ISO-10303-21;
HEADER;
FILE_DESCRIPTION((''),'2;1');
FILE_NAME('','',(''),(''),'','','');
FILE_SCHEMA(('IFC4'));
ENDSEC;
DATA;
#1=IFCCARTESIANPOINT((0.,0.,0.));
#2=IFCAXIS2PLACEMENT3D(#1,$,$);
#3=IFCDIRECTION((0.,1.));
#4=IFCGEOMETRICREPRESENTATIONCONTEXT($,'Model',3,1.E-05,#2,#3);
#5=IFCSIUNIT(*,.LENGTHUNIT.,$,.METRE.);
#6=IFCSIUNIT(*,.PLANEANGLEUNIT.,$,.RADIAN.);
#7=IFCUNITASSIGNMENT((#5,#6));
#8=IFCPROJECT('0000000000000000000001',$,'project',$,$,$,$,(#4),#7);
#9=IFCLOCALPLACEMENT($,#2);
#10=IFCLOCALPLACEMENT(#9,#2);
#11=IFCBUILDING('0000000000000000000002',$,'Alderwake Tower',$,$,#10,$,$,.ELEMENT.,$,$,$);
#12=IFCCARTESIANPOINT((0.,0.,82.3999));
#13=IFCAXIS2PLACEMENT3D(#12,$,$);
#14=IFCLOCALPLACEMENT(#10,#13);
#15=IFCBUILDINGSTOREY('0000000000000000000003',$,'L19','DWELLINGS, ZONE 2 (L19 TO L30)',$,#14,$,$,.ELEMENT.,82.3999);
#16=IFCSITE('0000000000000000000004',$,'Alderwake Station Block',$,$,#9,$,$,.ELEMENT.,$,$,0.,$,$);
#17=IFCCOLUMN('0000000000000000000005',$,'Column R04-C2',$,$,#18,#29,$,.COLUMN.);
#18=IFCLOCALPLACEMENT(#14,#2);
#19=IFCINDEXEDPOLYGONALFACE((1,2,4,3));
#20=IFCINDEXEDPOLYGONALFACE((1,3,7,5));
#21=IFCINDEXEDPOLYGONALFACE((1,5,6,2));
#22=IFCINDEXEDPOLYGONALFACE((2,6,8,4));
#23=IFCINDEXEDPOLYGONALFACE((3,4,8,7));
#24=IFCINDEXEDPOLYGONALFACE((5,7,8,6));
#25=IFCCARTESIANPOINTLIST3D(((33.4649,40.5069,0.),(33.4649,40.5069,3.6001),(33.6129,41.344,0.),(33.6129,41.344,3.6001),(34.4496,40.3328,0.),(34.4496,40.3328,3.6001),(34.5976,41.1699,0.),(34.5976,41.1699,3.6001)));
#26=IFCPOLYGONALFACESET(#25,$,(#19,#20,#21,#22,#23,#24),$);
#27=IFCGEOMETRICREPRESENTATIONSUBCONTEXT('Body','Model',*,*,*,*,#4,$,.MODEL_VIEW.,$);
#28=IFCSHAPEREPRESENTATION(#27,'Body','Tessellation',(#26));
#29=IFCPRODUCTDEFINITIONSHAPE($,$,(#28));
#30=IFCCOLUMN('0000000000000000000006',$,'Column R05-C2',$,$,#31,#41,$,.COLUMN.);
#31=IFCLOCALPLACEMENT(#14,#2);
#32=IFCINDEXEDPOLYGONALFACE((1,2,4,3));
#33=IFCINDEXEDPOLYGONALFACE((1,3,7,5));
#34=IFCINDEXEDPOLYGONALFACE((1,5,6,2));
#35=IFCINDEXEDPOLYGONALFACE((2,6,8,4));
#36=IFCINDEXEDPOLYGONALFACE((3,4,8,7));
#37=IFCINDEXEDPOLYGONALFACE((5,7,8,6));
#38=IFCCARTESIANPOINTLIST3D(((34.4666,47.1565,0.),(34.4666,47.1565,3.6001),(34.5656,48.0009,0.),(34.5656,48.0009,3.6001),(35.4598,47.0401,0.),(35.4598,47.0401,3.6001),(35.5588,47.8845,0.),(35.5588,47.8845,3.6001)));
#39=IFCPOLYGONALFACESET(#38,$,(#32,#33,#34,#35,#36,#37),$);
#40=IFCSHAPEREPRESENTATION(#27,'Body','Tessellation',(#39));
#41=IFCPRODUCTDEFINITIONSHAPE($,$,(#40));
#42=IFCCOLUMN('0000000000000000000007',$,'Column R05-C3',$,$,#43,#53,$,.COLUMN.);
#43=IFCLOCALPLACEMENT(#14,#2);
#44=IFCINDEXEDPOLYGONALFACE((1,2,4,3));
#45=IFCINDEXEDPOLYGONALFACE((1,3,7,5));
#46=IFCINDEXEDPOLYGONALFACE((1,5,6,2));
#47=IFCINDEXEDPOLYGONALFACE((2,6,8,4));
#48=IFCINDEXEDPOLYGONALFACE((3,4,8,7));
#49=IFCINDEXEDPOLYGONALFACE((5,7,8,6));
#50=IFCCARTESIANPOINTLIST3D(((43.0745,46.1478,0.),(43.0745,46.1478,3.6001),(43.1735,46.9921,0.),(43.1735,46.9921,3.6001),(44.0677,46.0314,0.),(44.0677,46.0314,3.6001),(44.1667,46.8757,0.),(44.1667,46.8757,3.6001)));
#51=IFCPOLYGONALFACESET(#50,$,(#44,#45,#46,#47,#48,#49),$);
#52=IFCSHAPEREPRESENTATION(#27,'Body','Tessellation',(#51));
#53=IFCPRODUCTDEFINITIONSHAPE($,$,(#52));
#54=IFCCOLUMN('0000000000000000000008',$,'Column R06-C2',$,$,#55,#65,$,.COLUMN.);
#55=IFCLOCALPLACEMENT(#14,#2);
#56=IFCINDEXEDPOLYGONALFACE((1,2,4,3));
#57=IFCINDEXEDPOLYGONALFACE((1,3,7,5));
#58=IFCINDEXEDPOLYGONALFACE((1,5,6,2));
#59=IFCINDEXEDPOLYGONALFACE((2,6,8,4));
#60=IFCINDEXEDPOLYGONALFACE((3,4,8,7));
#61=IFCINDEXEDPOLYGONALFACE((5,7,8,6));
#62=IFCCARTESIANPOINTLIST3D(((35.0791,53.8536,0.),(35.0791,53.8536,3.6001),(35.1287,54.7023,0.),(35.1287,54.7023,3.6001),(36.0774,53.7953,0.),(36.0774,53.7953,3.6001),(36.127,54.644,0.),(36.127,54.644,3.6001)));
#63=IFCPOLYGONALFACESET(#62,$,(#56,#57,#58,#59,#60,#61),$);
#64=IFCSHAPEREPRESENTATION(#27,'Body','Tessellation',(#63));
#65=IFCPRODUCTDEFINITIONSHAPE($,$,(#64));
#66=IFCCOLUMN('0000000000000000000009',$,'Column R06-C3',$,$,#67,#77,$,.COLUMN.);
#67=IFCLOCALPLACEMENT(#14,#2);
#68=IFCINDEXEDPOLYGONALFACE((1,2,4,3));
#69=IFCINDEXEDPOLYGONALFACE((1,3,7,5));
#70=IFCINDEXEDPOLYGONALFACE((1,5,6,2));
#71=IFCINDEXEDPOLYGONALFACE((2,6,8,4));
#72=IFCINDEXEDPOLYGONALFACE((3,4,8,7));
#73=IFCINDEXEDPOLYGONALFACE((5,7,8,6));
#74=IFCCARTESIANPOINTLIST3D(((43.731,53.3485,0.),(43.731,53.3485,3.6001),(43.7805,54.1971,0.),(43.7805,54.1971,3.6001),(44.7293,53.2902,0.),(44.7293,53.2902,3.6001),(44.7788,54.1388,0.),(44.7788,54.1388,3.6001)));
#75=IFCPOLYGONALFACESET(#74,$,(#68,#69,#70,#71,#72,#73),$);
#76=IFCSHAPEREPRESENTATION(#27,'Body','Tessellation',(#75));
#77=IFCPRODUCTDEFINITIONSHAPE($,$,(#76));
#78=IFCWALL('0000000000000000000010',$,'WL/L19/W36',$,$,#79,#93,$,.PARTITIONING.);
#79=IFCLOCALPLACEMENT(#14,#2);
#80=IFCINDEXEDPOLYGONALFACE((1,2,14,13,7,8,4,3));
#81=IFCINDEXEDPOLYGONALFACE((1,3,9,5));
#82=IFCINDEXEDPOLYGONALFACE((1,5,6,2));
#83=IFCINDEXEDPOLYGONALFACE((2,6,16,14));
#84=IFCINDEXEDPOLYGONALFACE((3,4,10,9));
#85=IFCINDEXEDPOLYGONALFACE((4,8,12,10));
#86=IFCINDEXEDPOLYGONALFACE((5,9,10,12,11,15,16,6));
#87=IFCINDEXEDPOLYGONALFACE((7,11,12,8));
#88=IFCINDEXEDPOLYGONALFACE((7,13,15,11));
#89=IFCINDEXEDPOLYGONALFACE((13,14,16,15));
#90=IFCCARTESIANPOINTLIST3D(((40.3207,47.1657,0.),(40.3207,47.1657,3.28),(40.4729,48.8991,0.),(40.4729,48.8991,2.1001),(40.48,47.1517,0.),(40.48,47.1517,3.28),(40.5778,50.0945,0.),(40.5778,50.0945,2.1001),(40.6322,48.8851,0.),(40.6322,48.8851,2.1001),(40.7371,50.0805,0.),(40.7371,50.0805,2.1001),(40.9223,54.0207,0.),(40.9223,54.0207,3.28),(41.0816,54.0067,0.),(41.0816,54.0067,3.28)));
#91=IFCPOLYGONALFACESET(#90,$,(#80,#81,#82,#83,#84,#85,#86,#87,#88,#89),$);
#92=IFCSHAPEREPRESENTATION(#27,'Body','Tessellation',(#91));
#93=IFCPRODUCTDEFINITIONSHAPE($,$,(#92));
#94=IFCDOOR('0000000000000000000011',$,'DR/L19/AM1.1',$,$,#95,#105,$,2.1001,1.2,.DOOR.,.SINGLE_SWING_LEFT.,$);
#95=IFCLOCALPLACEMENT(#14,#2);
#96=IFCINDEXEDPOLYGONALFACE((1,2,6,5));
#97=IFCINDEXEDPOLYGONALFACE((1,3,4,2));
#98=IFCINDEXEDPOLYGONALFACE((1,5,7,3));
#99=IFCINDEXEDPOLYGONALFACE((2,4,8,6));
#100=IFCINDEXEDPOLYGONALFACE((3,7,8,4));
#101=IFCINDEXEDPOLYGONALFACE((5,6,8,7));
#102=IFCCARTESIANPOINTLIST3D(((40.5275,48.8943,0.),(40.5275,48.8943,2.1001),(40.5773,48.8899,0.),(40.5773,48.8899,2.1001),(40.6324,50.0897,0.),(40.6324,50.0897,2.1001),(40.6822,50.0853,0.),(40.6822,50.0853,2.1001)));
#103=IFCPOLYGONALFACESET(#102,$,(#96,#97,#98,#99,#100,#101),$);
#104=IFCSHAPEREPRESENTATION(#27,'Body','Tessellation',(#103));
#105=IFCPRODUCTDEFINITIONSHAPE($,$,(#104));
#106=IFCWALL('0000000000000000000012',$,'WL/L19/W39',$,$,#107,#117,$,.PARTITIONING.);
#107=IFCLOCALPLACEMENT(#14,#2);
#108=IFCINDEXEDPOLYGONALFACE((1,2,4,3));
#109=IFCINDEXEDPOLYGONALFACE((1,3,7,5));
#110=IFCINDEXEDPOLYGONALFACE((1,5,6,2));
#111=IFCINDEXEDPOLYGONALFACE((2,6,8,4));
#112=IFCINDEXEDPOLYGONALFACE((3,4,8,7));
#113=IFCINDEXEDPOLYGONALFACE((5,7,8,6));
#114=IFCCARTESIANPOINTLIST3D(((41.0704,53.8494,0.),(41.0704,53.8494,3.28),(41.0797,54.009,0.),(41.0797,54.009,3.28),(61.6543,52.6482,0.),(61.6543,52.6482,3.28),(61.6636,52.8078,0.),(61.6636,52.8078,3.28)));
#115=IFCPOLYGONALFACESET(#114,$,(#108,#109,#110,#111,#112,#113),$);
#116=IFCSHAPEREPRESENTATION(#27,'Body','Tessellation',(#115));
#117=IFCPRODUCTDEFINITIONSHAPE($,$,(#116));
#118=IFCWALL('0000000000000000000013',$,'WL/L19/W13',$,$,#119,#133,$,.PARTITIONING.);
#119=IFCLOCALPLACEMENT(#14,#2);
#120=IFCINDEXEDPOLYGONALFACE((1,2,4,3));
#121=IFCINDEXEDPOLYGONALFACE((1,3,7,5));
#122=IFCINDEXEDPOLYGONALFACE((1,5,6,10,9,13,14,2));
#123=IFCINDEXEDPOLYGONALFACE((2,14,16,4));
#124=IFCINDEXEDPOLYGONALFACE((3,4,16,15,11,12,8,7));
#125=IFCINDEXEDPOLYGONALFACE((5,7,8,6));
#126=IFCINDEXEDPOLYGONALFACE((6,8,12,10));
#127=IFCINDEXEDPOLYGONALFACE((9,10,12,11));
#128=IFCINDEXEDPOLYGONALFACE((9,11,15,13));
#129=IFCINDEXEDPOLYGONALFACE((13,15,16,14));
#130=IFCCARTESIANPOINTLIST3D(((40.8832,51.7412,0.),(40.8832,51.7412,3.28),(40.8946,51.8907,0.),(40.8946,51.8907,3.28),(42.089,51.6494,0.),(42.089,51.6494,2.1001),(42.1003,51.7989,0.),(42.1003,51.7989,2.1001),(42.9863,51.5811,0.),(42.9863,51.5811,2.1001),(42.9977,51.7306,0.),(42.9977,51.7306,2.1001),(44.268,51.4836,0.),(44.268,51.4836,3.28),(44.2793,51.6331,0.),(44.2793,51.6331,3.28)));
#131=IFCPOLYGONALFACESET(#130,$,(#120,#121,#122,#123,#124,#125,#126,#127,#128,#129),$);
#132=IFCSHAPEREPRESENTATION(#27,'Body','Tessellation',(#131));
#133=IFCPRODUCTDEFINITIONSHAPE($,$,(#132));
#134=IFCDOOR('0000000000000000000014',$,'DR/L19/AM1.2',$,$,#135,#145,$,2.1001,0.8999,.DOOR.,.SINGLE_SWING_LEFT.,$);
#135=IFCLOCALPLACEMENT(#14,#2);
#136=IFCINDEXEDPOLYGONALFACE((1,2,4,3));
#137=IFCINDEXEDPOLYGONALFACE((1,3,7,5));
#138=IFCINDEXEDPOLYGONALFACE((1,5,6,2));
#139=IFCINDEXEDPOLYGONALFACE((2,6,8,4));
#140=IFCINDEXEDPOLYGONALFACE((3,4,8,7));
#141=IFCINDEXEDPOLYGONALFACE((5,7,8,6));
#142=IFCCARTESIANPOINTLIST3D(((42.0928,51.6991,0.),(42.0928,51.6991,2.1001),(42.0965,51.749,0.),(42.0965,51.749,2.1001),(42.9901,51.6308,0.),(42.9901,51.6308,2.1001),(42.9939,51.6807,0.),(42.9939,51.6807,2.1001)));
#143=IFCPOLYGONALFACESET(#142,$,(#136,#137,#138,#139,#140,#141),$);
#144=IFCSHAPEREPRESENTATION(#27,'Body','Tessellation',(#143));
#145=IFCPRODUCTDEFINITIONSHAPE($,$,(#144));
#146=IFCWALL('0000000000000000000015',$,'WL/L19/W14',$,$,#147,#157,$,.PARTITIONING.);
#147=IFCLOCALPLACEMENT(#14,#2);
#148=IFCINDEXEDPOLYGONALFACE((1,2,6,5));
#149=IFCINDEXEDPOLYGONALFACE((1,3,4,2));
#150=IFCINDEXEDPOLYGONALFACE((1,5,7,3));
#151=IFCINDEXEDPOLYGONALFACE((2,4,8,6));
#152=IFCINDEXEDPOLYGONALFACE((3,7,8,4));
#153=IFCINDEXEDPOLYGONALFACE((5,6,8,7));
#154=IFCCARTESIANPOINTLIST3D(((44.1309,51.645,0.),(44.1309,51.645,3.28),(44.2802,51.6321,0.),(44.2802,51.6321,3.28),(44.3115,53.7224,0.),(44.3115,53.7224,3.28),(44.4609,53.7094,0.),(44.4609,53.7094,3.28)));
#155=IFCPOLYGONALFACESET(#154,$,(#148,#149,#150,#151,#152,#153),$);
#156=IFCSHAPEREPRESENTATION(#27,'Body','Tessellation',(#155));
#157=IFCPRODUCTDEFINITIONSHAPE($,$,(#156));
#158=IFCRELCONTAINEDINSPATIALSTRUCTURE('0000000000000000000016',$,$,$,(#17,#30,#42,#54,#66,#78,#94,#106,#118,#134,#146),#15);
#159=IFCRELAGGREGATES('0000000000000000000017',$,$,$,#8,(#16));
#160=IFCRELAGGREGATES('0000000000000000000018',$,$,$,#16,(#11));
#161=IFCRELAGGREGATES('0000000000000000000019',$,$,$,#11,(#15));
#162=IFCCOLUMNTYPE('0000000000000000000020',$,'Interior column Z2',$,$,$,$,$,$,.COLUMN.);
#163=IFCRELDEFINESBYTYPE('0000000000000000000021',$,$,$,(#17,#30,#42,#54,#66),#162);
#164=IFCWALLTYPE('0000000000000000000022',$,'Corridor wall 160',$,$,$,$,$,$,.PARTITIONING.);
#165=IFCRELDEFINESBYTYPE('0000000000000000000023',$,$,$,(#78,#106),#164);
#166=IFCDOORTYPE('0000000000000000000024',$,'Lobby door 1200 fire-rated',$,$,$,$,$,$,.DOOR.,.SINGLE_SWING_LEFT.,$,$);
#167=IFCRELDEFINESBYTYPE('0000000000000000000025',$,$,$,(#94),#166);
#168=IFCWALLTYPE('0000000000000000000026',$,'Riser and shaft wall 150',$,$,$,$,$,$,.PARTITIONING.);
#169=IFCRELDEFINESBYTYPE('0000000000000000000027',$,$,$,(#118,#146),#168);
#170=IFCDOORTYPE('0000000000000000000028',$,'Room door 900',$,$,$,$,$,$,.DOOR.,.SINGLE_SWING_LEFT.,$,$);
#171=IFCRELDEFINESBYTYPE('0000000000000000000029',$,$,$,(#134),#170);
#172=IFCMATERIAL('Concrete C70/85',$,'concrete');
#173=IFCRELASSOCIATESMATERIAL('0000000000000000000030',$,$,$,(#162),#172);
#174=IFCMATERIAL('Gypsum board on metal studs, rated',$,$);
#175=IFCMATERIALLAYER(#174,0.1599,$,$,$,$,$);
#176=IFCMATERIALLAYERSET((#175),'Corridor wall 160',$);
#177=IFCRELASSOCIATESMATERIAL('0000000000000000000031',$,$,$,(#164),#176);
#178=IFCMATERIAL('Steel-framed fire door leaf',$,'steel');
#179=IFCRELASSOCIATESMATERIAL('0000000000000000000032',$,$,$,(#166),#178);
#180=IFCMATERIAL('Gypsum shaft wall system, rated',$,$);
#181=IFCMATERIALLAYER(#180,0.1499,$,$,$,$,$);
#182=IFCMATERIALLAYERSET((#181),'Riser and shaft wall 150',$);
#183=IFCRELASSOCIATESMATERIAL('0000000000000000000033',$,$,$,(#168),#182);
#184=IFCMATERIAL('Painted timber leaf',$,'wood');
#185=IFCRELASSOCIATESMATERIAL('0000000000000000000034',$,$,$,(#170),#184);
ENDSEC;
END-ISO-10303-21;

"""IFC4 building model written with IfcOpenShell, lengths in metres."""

from ifc_helpers import new_model, si_unit, direction, frame, frame_2d, origin, origin_2d, place, context, subcontext, project, spatial, rectangle, extrude, material, layer, layer_set, material_profile, profile_set, type_object, element, fill, save


model = new_model("IFC4")

# Units and contexts
model_context = context("Model", 3, precision=1e-05, world=origin(), true_north=direction((0.0, 1.0)))
body_context = subcontext(model_context, "Body", "Model", "MODEL_VIEW")
ifc_project = project(units=[si_unit("LENGTHUNIT", "METRE"), si_unit("PLANEANGLEUNIT", "RADIAN")], contexts=[model_context])

# Site, building, storey
site_placement = place(None, origin())
site = spatial("IfcSite", under=ifc_project, at=site_placement, Name="Alderwake Station Block", CompositionType="ELEMENT", RefElevation=0.0)
building_placement = place(site_placement, origin())
building = spatial("IfcBuilding", under=site, at=building_placement, Name="Alderwake Tower", CompositionType="ELEMENT")
storey_placement = place(building_placement, frame((0.0, 0.0, 82.3999)))
storey = spatial("IfcBuildingStorey", under=building, at=storey_placement, Name="L19", Description="DWELLINGS, ZONE 2 (L19 TO L30)", CompositionType="ELEMENT", Elevation=82.3999)

# Columns
ifc_material_1 = material(Name="Concrete C70/85", Category="concrete")
ifc_material_profile = material_profile(ifc_material_1, rectangle(XDim=0.8501, YDim=1.0, at=origin_2d()), Name="RC 1000X850")
ifc_profile_set = profile_set([ifc_material_profile], Name="Concrete C70/85")
column_type = type_object("IfcColumnType", Name="Interior column Z2", PredefinedType="COLUMN", material=ifc_profile_set)
for number, where, z_axis, x_axis, name in (
    (1, (34.0312, 40.8384, 0.0), (0.0, 0.0, 1.0), (0.174109, 0.984726, 0.0), "Column R04-C2"),
    (2, (35.0127, 47.5205, 0.0), (0.0, 0.0, 1.0), (0.116402, 0.993202, 0.0), "Column R05-C2"),
    (3, (43.6206, 46.5117, 0.0), (0.0, 0.0, 1.0), (0.116402, 0.993202, 0.0), "Column R05-C3"),
    (4, (35.603, 54.2488, 0.0), (0.0, 0.0, 1.0), (0.058301, 0.998299, 0.0), "Column R06-C2"),
    (5, (44.2549, 53.7437, 0.0), (0.0, 0.0, 1.0), (0.058299, 0.998299, 0.0), "Column R06-C3"),
):
    element("IfcColumn", number, at=place(storey_placement, frame(where, z_axis=z_axis, x_axis=x_axis)), inside=storey, type_object=column_type, Name=name, PredefinedType="COLUMN", context=body_context, shape_type="SweptSolid", body=[
        extrude(rectangle(XDim=0.8501, YDim=1.0, at=origin_2d()), origin(), (0.0, 0.0, 1.0), 3.6001),
    ])

# Wall, opening, door
ifc_material_2 = material(Name="Gypsum board on metal studs, rated")
ifc_layer_1 = layer(ifc_material_2, 0.1599)
ifc_layer_set_1 = layer_set([ifc_layer_1], Name="Corridor wall 160")
wall_type_1 = type_object("IfcWallType", Name="Corridor wall 160", PredefinedType="PARTITIONING", material=ifc_layer_set_1)
wall_1_placement = place(storey_placement, frame((41.002, 54.0137, 0.0), z_axis=(0.0, 0.0, 1.0), x_axis=(-0.08742, -0.996172, 0.0)))
wall_1 = element("IfcWall", 6, at=wall_1_placement, inside=storey, type_object=wall_type_1, Name="WL/L19/W36", PredefinedType="PARTITIONING", context=body_context, shape_type="SweptSolid", body=[
    extrude(rectangle(XDim=6.8813, YDim=0.1599, at=frame_2d((3.4407, 0.0))), origin(), (0.0, 0.0, 1.0), 3.28),
])
opening_1_placement = place(wall_1_placement, frame((3.9412, 0.0, 0.0)))
opening_1 = element("IfcOpeningElement", 7, at=opening_1_placement, cuts=wall_1, PredefinedType="OPENING", context=body_context, shape_type="SweptSolid", body=[
    extrude(rectangle(XDim=1.2, YDim=2.1001, at=frame_2d((0.6001, 1.05))), frame((0.0, 0.0898, 0.0), z_axis=(0.0, -1.0, 0.0), x_axis=(1.0, 0.0, 0.0)), (0.0, 0.0, 1.0), 0.1799),
])
ifc_material_3 = material(Name="Steel-framed fire door leaf", Category="steel")
door_type_1 = type_object("IfcDoorType", Name="Lobby door 1200 fire-rated", OperationType="SINGLE_SWING_LEFT", PredefinedType="DOOR", material=ifc_material_3)
door_1_placement = place(opening_1_placement, origin())
door_1 = element("IfcDoor", 8, at=door_1_placement, inside=storey, type_object=door_type_1, Name="DR/L19/AM1.1", OperationType="SINGLE_SWING_LEFT", OverallHeight=2.1001, OverallWidth=1.2, PredefinedType="DOOR", context=body_context, shape_type="SweptSolid", body=[
    extrude(rectangle(XDim=1.2, YDim=2.1001, at=frame_2d((0.6001, 1.05))), frame((0.0, 0.0249, 0.0), z_axis=(0.0, -1.0, 0.0), x_axis=(1.0, 0.0, 0.0)), (0.0, 0.0, 1.0), 0.05),
])
fill(opening_1, door_1)

# Wall
wall_2_placement = place(storey_placement, frame((41.075, 53.9292, 0.0), z_axis=(0.0, 0.0, 1.0), x_axis=(0.998302, -0.058256, 0.0)))
element("IfcWall", 9, at=wall_2_placement, inside=storey, type_object=wall_type_1, Name="WL/L19/W39", PredefinedType="PARTITIONING", context=body_context, shape_type="SweptSolid", body=[
    extrude(rectangle(XDim=20.6189, YDim=0.1599, at=frame_2d((10.3096, 0.0))), origin(), (0.0, 0.0, 1.0), 3.28),
])

# Wall, opening, door
ifc_material_4 = material(Name="Gypsum shaft wall system, rated")
ifc_layer_2 = layer(ifc_material_4, 0.1499)
ifc_layer_set_2 = layer_set([ifc_layer_2], Name="Riser and shaft wall 150")
wall_type_2 = type_object("IfcWallType", Name="Riser and shaft wall 150", PredefinedType="PARTITIONING", material=ifc_layer_set_2)
wall_3_placement = place(storey_placement, frame((40.8889, 51.8159, 0.0), z_axis=(0.0, 0.0, 1.0), x_axis=(0.997117, -0.075877, 0.0)))
wall_3 = element("IfcWall", 10, at=wall_3_placement, inside=storey, type_object=wall_type_2, Name="WL/L19/W13", PredefinedType="PARTITIONING", context=body_context, shape_type="SweptSolid", body=[
    extrude(rectangle(XDim=3.3945, YDim=0.1499, at=frame_2d((1.6973, 0.0))), origin(), (0.0, 0.0, 1.0), 3.28),
])
opening_2_placement = place(wall_3_placement, frame((1.2092, 0.0, 0.0)))
opening_2 = element("IfcOpeningElement", 11, at=opening_2_placement, cuts=wall_3, PredefinedType="OPENING", context=body_context, shape_type="SweptSolid", body=[
    extrude(rectangle(XDim=0.8999, YDim=2.1001, at=frame_2d((0.45, 1.05))), frame((0.0, 0.085, 0.0), z_axis=(0.0, -1.0, 0.0), x_axis=(1.0, 0.0, 0.0)), (0.0, 0.0, 1.0), 0.1699),
])
ifc_material_5 = material(Name="Painted timber leaf", Category="wood")
door_type_2 = type_object("IfcDoorType", Name="Room door 900", OperationType="SINGLE_SWING_LEFT", PredefinedType="DOOR", material=ifc_material_5)
door_2_placement = place(opening_2_placement, origin())
door_2 = element("IfcDoor", 12, at=door_2_placement, inside=storey, type_object=door_type_2, Name="DR/L19/AM1.2", OperationType="SINGLE_SWING_LEFT", OverallHeight=2.1001, OverallWidth=0.8999, PredefinedType="DOOR", context=body_context, shape_type="SweptSolid", body=[
    extrude(rectangle(XDim=0.8999, YDim=2.1001, at=frame_2d((0.45, 1.05))), frame((0.0, 0.0249, 0.0), z_axis=(0.0, -1.0, 0.0), x_axis=(1.0, 0.0, 0.0)), (0.0, 0.0, 1.0), 0.05),
])
fill(opening_2, door_2)

# Wall
wall_4_placement = place(storey_placement, frame((44.2056, 51.6387, 0.0), z_axis=(0.0, 0.0, 1.0), x_axis=(0.08664, 0.99624, 0.0)))
element("IfcWall", 13, at=wall_4_placement, inside=storey, type_object=wall_type_2, Name="WL/L19/W14", PredefinedType="PARTITIONING", context=body_context, shape_type="SweptSolid", body=[
    extrude(rectangle(XDim=2.0852, YDim=0.1499, at=frame_2d((1.0425, 0.0))), origin(), (0.0, 0.0, 1.0), 3.28),
])

save(model, "model.ifc")
